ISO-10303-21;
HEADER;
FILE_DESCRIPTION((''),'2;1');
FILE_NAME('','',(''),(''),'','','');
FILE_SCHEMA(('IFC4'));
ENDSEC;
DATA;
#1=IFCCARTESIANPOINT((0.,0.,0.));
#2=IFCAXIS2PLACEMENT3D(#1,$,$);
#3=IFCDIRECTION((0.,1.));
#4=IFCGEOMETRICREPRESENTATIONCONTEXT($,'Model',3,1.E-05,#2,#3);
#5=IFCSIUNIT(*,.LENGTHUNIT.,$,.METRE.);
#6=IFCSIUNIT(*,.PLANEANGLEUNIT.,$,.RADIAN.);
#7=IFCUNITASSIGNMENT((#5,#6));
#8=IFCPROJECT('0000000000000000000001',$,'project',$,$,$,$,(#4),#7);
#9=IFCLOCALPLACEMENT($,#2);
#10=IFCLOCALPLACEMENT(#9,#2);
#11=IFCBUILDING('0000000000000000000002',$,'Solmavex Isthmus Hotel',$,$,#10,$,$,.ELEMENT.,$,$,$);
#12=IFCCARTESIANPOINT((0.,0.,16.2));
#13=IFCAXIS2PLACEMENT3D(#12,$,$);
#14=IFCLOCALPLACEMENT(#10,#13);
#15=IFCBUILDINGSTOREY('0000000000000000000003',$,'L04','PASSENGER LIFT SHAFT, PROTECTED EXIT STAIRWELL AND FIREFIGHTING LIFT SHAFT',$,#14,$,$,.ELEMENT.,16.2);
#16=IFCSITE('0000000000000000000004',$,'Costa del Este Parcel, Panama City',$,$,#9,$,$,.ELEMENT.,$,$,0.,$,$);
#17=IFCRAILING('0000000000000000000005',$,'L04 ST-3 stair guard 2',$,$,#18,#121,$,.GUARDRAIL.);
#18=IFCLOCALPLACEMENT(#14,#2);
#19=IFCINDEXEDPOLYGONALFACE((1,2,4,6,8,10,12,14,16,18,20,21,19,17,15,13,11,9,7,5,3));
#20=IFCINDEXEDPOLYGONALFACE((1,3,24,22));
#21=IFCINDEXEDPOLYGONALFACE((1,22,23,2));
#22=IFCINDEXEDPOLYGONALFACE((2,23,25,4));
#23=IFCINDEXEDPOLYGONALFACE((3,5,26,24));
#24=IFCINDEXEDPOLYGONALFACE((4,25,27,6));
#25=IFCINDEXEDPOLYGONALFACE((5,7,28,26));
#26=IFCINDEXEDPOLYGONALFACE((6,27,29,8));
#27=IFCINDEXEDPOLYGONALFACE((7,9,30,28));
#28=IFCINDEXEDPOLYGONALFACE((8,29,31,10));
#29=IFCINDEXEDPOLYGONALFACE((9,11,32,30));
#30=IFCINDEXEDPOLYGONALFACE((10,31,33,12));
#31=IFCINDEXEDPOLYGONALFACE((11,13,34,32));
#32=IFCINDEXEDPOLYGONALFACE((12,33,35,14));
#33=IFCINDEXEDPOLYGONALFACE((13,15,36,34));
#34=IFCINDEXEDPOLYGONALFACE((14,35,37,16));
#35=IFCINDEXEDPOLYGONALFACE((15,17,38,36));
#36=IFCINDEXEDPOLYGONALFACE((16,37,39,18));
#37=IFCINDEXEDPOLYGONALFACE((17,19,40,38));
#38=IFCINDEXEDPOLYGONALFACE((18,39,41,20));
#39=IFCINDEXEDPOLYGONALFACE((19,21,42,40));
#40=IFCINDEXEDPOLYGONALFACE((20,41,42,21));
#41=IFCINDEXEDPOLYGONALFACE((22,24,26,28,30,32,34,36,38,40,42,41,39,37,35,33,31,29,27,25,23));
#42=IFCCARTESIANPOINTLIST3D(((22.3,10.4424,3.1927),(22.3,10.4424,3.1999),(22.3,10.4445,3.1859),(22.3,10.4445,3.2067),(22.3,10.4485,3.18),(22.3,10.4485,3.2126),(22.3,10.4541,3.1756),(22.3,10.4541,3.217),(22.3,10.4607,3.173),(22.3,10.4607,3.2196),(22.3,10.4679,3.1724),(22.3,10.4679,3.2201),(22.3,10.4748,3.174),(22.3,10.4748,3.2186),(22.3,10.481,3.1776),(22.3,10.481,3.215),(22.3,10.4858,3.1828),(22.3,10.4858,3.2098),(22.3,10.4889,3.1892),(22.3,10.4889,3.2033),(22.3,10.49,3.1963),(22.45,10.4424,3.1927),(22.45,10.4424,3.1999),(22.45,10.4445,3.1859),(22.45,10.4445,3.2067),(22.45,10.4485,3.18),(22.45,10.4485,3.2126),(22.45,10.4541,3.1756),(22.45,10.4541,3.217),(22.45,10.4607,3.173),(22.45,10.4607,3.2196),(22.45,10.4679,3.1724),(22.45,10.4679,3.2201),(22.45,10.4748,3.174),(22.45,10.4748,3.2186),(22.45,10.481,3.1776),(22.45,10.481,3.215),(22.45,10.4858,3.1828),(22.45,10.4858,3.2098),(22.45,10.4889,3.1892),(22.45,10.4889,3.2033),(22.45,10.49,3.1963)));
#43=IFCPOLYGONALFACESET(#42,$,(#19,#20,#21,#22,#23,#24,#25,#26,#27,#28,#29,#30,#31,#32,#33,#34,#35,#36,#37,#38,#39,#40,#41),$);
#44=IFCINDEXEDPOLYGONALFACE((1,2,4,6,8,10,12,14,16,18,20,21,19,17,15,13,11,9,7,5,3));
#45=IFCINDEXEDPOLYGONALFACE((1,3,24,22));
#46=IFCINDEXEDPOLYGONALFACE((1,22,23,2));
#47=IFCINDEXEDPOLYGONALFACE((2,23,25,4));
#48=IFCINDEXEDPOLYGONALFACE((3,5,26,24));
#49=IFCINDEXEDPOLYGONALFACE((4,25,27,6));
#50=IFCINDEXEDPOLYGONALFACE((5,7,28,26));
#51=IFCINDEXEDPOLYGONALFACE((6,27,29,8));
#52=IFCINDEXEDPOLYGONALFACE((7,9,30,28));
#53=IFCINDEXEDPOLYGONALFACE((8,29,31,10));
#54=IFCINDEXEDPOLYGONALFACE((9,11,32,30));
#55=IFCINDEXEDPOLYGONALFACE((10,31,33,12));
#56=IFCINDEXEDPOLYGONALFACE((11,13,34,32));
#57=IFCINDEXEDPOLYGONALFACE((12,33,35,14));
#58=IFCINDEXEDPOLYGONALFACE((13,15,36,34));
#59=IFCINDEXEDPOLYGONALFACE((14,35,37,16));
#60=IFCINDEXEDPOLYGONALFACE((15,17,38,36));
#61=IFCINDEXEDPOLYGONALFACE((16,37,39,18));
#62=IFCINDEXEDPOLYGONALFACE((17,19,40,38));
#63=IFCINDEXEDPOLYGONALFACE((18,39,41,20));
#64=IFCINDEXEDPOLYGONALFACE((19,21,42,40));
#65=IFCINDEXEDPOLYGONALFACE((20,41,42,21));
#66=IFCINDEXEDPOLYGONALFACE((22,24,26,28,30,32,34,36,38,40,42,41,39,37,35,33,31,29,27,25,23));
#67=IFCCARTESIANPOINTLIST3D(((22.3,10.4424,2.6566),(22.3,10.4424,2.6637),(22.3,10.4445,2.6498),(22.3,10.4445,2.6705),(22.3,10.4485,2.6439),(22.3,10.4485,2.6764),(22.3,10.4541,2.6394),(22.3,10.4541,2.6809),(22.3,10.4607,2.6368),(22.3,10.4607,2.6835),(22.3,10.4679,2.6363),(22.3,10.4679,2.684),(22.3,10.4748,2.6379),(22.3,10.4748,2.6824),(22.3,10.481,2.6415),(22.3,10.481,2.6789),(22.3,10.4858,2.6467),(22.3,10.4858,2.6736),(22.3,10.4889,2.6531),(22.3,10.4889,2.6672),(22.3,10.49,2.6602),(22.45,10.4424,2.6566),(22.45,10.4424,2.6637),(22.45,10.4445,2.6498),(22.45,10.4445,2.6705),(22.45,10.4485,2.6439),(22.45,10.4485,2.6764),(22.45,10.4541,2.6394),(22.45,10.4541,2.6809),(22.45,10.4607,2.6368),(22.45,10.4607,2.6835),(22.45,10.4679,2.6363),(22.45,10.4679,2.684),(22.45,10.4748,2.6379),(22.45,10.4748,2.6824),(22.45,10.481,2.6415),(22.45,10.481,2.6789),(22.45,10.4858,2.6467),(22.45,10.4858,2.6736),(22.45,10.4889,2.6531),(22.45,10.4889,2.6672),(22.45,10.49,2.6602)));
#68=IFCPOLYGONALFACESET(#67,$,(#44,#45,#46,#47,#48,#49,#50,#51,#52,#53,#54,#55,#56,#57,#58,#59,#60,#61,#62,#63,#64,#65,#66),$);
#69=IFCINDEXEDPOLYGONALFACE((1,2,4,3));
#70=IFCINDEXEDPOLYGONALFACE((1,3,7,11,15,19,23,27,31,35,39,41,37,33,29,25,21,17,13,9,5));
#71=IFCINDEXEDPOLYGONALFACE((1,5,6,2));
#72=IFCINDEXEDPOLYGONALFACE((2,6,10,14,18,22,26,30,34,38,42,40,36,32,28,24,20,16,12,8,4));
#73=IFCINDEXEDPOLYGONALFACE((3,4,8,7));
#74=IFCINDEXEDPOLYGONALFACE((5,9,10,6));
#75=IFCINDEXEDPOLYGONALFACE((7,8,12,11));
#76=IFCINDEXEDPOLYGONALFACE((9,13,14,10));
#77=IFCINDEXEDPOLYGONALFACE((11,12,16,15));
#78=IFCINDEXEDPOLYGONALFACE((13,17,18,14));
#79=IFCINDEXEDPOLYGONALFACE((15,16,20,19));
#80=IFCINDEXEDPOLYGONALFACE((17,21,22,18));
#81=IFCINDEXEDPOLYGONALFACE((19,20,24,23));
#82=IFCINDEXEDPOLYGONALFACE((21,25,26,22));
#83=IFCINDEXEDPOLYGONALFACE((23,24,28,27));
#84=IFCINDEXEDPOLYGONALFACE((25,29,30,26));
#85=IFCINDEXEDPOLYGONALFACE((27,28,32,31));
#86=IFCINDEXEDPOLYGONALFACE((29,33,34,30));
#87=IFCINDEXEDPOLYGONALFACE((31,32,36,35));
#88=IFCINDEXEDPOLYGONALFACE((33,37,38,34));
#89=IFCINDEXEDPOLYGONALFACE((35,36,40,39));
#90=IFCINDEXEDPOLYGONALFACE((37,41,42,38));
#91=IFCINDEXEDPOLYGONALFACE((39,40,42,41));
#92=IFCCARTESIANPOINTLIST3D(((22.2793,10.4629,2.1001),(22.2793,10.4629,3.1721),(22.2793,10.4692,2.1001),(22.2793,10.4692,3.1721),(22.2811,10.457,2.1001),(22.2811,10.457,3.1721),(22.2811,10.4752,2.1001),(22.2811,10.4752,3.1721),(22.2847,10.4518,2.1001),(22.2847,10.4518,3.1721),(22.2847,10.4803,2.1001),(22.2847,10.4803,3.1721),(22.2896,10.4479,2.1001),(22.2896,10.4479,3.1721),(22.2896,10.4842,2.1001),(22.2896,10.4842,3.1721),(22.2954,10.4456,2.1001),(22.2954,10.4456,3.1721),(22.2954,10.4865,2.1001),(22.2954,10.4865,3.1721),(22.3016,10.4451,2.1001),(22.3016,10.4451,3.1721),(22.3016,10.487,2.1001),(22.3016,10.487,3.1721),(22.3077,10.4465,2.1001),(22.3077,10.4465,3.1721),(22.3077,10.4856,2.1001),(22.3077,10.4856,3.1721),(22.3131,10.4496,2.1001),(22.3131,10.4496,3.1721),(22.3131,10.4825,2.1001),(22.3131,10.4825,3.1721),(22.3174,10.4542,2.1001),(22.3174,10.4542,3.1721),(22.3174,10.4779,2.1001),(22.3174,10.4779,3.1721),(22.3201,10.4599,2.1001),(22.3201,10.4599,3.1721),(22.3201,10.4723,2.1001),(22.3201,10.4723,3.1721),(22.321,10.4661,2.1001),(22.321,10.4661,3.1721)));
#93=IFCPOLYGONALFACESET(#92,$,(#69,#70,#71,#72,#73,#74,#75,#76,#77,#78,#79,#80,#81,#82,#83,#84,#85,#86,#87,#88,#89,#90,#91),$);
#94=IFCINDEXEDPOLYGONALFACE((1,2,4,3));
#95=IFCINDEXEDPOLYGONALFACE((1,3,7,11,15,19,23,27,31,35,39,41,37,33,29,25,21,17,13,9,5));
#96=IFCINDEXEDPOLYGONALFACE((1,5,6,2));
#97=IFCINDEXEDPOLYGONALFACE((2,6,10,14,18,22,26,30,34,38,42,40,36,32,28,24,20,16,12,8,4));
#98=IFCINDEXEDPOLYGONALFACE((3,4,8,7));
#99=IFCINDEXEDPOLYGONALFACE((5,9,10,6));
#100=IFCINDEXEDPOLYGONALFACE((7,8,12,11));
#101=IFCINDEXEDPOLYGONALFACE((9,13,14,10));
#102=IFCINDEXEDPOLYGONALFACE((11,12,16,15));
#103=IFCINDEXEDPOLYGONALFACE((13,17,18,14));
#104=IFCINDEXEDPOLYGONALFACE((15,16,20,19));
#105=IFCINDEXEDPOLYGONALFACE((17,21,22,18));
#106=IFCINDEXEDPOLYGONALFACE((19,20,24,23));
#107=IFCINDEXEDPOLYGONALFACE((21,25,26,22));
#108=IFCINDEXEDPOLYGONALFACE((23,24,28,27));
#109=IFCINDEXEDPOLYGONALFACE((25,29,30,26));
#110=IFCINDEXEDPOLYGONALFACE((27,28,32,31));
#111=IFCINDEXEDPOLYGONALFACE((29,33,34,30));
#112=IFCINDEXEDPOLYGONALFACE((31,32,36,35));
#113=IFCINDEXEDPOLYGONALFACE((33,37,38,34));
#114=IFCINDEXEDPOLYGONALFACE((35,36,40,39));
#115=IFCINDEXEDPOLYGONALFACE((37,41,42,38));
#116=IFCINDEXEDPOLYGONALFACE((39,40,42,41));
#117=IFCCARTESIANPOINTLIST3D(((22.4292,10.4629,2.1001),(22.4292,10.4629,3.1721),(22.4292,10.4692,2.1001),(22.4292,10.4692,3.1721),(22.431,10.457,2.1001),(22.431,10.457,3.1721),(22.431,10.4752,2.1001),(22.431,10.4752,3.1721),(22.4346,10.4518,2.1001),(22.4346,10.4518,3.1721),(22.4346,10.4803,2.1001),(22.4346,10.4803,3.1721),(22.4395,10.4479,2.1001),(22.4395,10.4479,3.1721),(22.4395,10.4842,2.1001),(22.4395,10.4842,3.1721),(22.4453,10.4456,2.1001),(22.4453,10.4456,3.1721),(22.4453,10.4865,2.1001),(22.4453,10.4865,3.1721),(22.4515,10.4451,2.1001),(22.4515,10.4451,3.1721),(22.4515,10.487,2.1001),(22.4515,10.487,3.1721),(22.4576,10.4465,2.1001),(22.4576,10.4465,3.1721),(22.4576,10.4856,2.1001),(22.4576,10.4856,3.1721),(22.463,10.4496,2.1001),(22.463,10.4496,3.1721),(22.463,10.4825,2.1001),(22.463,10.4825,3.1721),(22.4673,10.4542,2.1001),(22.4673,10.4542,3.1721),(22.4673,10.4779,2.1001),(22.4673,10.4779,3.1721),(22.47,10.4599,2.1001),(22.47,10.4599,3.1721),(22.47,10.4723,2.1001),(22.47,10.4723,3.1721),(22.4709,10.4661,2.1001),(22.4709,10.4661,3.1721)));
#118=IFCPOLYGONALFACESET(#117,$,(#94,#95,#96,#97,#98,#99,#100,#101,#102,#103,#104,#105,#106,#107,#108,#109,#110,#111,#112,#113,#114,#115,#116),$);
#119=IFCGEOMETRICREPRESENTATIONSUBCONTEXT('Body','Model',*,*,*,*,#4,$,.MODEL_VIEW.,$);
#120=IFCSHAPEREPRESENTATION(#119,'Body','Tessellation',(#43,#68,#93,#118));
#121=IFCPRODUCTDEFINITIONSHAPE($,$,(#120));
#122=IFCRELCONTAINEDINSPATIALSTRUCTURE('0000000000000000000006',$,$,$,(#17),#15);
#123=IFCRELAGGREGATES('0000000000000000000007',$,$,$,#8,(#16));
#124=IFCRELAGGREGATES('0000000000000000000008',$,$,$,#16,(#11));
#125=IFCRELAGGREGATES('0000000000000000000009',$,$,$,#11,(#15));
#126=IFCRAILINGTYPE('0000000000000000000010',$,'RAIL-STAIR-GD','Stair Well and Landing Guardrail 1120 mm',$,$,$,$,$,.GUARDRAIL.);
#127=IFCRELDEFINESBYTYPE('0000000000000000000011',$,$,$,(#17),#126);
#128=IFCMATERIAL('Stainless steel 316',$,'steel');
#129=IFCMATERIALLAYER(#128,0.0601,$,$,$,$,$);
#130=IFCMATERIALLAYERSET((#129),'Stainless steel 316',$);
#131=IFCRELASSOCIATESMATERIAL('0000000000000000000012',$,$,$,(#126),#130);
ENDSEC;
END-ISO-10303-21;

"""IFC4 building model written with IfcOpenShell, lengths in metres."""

from ifc_helpers import new_model, si_unit, direction, frame, origin, origin_2d, place, context, subcontext, project, spatial, circle, extrude, material, layer, layer_set, type_object, element, save


model = new_model("IFC4")

# Units and contexts
model_context = context("Model", 3, precision=1e-05, world=origin(), true_north=direction((0.0, 1.0)))
body_context = subcontext(model_context, "Body", "Model", "MODEL_VIEW")
ifc_project = project(units=[si_unit("LENGTHUNIT", "METRE"), si_unit("PLANEANGLEUNIT", "RADIAN")], contexts=[model_context])

# Site, building, storey
site_placement = place(None, origin())
site = spatial("IfcSite", under=ifc_project, at=site_placement, Name="Costa del Este Parcel, Panama City", CompositionType="ELEMENT", RefElevation=0.0)
building_placement = place(site_placement, origin())
building = spatial("IfcBuilding", under=site, at=building_placement, Name="Solmavex Isthmus Hotel", CompositionType="ELEMENT")
storey_placement = place(building_placement, frame((0.0, 0.0, 16.2)))
storey = spatial("IfcBuildingStorey", under=building, at=storey_placement, Name="L04", Description="PASSENGER LIFT SHAFT, PROTECTED EXIT STAIRWELL AND FIREFIGHTING LIFT SHAFT", CompositionType="ELEMENT", Elevation=16.2)

# Railing
ifc_material_1 = material(Name="Stainless steel 316", Category="steel")
ifc_layer_1 = layer(ifc_material_1, 0.0601)
ifc_layer_set_1 = layer_set([ifc_layer_1], Name="Stainless steel 316")
railing_type_1 = type_object("IfcRailingType", Name="RAIL-STAIR-GD", Description="Stair Well and Landing Guardrail 1120 mm", PredefinedType="GUARDRAIL", material=ifc_layer_set_1)
railing_1_placement = place(storey_placement, frame((22.3, 10.4661, 2.1001)))
element("IfcRailing", 1, at=railing_1_placement, inside=storey, type_object=railing_type_1, Name="L04 ST-3 stair guard 2", PredefinedType="GUARDRAIL", context=body_context, shape_type="SweptSolid", body=[
    extrude(circle(Radius=0.0239, at=origin_2d()), frame((0.0, 0.0, 1.0962), z_axis=(1.0, 0.0, 0.0), x_axis=(0.0, 1.0, 0.0)), (0.0, 0.0, 1.0), 0.1499),
    extrude(circle(Radius=0.0239, at=origin_2d()), frame((0.0, 0.0, 0.5601), z_axis=(1.0, 0.0, 0.0), x_axis=(0.0, 1.0, 0.0)), (0.0, 0.0, 1.0), 0.1499),
    extrude(circle(Radius=0.021, at=origin_2d()), origin(), (0.0, 0.0, 1.0), 1.072),
    extrude(circle(Radius=0.021, at=origin_2d()), frame((0.1499, 0.0, 0.0)), (0.0, 0.0, 1.0), 1.072),
])

save(model, "model.ifc")
